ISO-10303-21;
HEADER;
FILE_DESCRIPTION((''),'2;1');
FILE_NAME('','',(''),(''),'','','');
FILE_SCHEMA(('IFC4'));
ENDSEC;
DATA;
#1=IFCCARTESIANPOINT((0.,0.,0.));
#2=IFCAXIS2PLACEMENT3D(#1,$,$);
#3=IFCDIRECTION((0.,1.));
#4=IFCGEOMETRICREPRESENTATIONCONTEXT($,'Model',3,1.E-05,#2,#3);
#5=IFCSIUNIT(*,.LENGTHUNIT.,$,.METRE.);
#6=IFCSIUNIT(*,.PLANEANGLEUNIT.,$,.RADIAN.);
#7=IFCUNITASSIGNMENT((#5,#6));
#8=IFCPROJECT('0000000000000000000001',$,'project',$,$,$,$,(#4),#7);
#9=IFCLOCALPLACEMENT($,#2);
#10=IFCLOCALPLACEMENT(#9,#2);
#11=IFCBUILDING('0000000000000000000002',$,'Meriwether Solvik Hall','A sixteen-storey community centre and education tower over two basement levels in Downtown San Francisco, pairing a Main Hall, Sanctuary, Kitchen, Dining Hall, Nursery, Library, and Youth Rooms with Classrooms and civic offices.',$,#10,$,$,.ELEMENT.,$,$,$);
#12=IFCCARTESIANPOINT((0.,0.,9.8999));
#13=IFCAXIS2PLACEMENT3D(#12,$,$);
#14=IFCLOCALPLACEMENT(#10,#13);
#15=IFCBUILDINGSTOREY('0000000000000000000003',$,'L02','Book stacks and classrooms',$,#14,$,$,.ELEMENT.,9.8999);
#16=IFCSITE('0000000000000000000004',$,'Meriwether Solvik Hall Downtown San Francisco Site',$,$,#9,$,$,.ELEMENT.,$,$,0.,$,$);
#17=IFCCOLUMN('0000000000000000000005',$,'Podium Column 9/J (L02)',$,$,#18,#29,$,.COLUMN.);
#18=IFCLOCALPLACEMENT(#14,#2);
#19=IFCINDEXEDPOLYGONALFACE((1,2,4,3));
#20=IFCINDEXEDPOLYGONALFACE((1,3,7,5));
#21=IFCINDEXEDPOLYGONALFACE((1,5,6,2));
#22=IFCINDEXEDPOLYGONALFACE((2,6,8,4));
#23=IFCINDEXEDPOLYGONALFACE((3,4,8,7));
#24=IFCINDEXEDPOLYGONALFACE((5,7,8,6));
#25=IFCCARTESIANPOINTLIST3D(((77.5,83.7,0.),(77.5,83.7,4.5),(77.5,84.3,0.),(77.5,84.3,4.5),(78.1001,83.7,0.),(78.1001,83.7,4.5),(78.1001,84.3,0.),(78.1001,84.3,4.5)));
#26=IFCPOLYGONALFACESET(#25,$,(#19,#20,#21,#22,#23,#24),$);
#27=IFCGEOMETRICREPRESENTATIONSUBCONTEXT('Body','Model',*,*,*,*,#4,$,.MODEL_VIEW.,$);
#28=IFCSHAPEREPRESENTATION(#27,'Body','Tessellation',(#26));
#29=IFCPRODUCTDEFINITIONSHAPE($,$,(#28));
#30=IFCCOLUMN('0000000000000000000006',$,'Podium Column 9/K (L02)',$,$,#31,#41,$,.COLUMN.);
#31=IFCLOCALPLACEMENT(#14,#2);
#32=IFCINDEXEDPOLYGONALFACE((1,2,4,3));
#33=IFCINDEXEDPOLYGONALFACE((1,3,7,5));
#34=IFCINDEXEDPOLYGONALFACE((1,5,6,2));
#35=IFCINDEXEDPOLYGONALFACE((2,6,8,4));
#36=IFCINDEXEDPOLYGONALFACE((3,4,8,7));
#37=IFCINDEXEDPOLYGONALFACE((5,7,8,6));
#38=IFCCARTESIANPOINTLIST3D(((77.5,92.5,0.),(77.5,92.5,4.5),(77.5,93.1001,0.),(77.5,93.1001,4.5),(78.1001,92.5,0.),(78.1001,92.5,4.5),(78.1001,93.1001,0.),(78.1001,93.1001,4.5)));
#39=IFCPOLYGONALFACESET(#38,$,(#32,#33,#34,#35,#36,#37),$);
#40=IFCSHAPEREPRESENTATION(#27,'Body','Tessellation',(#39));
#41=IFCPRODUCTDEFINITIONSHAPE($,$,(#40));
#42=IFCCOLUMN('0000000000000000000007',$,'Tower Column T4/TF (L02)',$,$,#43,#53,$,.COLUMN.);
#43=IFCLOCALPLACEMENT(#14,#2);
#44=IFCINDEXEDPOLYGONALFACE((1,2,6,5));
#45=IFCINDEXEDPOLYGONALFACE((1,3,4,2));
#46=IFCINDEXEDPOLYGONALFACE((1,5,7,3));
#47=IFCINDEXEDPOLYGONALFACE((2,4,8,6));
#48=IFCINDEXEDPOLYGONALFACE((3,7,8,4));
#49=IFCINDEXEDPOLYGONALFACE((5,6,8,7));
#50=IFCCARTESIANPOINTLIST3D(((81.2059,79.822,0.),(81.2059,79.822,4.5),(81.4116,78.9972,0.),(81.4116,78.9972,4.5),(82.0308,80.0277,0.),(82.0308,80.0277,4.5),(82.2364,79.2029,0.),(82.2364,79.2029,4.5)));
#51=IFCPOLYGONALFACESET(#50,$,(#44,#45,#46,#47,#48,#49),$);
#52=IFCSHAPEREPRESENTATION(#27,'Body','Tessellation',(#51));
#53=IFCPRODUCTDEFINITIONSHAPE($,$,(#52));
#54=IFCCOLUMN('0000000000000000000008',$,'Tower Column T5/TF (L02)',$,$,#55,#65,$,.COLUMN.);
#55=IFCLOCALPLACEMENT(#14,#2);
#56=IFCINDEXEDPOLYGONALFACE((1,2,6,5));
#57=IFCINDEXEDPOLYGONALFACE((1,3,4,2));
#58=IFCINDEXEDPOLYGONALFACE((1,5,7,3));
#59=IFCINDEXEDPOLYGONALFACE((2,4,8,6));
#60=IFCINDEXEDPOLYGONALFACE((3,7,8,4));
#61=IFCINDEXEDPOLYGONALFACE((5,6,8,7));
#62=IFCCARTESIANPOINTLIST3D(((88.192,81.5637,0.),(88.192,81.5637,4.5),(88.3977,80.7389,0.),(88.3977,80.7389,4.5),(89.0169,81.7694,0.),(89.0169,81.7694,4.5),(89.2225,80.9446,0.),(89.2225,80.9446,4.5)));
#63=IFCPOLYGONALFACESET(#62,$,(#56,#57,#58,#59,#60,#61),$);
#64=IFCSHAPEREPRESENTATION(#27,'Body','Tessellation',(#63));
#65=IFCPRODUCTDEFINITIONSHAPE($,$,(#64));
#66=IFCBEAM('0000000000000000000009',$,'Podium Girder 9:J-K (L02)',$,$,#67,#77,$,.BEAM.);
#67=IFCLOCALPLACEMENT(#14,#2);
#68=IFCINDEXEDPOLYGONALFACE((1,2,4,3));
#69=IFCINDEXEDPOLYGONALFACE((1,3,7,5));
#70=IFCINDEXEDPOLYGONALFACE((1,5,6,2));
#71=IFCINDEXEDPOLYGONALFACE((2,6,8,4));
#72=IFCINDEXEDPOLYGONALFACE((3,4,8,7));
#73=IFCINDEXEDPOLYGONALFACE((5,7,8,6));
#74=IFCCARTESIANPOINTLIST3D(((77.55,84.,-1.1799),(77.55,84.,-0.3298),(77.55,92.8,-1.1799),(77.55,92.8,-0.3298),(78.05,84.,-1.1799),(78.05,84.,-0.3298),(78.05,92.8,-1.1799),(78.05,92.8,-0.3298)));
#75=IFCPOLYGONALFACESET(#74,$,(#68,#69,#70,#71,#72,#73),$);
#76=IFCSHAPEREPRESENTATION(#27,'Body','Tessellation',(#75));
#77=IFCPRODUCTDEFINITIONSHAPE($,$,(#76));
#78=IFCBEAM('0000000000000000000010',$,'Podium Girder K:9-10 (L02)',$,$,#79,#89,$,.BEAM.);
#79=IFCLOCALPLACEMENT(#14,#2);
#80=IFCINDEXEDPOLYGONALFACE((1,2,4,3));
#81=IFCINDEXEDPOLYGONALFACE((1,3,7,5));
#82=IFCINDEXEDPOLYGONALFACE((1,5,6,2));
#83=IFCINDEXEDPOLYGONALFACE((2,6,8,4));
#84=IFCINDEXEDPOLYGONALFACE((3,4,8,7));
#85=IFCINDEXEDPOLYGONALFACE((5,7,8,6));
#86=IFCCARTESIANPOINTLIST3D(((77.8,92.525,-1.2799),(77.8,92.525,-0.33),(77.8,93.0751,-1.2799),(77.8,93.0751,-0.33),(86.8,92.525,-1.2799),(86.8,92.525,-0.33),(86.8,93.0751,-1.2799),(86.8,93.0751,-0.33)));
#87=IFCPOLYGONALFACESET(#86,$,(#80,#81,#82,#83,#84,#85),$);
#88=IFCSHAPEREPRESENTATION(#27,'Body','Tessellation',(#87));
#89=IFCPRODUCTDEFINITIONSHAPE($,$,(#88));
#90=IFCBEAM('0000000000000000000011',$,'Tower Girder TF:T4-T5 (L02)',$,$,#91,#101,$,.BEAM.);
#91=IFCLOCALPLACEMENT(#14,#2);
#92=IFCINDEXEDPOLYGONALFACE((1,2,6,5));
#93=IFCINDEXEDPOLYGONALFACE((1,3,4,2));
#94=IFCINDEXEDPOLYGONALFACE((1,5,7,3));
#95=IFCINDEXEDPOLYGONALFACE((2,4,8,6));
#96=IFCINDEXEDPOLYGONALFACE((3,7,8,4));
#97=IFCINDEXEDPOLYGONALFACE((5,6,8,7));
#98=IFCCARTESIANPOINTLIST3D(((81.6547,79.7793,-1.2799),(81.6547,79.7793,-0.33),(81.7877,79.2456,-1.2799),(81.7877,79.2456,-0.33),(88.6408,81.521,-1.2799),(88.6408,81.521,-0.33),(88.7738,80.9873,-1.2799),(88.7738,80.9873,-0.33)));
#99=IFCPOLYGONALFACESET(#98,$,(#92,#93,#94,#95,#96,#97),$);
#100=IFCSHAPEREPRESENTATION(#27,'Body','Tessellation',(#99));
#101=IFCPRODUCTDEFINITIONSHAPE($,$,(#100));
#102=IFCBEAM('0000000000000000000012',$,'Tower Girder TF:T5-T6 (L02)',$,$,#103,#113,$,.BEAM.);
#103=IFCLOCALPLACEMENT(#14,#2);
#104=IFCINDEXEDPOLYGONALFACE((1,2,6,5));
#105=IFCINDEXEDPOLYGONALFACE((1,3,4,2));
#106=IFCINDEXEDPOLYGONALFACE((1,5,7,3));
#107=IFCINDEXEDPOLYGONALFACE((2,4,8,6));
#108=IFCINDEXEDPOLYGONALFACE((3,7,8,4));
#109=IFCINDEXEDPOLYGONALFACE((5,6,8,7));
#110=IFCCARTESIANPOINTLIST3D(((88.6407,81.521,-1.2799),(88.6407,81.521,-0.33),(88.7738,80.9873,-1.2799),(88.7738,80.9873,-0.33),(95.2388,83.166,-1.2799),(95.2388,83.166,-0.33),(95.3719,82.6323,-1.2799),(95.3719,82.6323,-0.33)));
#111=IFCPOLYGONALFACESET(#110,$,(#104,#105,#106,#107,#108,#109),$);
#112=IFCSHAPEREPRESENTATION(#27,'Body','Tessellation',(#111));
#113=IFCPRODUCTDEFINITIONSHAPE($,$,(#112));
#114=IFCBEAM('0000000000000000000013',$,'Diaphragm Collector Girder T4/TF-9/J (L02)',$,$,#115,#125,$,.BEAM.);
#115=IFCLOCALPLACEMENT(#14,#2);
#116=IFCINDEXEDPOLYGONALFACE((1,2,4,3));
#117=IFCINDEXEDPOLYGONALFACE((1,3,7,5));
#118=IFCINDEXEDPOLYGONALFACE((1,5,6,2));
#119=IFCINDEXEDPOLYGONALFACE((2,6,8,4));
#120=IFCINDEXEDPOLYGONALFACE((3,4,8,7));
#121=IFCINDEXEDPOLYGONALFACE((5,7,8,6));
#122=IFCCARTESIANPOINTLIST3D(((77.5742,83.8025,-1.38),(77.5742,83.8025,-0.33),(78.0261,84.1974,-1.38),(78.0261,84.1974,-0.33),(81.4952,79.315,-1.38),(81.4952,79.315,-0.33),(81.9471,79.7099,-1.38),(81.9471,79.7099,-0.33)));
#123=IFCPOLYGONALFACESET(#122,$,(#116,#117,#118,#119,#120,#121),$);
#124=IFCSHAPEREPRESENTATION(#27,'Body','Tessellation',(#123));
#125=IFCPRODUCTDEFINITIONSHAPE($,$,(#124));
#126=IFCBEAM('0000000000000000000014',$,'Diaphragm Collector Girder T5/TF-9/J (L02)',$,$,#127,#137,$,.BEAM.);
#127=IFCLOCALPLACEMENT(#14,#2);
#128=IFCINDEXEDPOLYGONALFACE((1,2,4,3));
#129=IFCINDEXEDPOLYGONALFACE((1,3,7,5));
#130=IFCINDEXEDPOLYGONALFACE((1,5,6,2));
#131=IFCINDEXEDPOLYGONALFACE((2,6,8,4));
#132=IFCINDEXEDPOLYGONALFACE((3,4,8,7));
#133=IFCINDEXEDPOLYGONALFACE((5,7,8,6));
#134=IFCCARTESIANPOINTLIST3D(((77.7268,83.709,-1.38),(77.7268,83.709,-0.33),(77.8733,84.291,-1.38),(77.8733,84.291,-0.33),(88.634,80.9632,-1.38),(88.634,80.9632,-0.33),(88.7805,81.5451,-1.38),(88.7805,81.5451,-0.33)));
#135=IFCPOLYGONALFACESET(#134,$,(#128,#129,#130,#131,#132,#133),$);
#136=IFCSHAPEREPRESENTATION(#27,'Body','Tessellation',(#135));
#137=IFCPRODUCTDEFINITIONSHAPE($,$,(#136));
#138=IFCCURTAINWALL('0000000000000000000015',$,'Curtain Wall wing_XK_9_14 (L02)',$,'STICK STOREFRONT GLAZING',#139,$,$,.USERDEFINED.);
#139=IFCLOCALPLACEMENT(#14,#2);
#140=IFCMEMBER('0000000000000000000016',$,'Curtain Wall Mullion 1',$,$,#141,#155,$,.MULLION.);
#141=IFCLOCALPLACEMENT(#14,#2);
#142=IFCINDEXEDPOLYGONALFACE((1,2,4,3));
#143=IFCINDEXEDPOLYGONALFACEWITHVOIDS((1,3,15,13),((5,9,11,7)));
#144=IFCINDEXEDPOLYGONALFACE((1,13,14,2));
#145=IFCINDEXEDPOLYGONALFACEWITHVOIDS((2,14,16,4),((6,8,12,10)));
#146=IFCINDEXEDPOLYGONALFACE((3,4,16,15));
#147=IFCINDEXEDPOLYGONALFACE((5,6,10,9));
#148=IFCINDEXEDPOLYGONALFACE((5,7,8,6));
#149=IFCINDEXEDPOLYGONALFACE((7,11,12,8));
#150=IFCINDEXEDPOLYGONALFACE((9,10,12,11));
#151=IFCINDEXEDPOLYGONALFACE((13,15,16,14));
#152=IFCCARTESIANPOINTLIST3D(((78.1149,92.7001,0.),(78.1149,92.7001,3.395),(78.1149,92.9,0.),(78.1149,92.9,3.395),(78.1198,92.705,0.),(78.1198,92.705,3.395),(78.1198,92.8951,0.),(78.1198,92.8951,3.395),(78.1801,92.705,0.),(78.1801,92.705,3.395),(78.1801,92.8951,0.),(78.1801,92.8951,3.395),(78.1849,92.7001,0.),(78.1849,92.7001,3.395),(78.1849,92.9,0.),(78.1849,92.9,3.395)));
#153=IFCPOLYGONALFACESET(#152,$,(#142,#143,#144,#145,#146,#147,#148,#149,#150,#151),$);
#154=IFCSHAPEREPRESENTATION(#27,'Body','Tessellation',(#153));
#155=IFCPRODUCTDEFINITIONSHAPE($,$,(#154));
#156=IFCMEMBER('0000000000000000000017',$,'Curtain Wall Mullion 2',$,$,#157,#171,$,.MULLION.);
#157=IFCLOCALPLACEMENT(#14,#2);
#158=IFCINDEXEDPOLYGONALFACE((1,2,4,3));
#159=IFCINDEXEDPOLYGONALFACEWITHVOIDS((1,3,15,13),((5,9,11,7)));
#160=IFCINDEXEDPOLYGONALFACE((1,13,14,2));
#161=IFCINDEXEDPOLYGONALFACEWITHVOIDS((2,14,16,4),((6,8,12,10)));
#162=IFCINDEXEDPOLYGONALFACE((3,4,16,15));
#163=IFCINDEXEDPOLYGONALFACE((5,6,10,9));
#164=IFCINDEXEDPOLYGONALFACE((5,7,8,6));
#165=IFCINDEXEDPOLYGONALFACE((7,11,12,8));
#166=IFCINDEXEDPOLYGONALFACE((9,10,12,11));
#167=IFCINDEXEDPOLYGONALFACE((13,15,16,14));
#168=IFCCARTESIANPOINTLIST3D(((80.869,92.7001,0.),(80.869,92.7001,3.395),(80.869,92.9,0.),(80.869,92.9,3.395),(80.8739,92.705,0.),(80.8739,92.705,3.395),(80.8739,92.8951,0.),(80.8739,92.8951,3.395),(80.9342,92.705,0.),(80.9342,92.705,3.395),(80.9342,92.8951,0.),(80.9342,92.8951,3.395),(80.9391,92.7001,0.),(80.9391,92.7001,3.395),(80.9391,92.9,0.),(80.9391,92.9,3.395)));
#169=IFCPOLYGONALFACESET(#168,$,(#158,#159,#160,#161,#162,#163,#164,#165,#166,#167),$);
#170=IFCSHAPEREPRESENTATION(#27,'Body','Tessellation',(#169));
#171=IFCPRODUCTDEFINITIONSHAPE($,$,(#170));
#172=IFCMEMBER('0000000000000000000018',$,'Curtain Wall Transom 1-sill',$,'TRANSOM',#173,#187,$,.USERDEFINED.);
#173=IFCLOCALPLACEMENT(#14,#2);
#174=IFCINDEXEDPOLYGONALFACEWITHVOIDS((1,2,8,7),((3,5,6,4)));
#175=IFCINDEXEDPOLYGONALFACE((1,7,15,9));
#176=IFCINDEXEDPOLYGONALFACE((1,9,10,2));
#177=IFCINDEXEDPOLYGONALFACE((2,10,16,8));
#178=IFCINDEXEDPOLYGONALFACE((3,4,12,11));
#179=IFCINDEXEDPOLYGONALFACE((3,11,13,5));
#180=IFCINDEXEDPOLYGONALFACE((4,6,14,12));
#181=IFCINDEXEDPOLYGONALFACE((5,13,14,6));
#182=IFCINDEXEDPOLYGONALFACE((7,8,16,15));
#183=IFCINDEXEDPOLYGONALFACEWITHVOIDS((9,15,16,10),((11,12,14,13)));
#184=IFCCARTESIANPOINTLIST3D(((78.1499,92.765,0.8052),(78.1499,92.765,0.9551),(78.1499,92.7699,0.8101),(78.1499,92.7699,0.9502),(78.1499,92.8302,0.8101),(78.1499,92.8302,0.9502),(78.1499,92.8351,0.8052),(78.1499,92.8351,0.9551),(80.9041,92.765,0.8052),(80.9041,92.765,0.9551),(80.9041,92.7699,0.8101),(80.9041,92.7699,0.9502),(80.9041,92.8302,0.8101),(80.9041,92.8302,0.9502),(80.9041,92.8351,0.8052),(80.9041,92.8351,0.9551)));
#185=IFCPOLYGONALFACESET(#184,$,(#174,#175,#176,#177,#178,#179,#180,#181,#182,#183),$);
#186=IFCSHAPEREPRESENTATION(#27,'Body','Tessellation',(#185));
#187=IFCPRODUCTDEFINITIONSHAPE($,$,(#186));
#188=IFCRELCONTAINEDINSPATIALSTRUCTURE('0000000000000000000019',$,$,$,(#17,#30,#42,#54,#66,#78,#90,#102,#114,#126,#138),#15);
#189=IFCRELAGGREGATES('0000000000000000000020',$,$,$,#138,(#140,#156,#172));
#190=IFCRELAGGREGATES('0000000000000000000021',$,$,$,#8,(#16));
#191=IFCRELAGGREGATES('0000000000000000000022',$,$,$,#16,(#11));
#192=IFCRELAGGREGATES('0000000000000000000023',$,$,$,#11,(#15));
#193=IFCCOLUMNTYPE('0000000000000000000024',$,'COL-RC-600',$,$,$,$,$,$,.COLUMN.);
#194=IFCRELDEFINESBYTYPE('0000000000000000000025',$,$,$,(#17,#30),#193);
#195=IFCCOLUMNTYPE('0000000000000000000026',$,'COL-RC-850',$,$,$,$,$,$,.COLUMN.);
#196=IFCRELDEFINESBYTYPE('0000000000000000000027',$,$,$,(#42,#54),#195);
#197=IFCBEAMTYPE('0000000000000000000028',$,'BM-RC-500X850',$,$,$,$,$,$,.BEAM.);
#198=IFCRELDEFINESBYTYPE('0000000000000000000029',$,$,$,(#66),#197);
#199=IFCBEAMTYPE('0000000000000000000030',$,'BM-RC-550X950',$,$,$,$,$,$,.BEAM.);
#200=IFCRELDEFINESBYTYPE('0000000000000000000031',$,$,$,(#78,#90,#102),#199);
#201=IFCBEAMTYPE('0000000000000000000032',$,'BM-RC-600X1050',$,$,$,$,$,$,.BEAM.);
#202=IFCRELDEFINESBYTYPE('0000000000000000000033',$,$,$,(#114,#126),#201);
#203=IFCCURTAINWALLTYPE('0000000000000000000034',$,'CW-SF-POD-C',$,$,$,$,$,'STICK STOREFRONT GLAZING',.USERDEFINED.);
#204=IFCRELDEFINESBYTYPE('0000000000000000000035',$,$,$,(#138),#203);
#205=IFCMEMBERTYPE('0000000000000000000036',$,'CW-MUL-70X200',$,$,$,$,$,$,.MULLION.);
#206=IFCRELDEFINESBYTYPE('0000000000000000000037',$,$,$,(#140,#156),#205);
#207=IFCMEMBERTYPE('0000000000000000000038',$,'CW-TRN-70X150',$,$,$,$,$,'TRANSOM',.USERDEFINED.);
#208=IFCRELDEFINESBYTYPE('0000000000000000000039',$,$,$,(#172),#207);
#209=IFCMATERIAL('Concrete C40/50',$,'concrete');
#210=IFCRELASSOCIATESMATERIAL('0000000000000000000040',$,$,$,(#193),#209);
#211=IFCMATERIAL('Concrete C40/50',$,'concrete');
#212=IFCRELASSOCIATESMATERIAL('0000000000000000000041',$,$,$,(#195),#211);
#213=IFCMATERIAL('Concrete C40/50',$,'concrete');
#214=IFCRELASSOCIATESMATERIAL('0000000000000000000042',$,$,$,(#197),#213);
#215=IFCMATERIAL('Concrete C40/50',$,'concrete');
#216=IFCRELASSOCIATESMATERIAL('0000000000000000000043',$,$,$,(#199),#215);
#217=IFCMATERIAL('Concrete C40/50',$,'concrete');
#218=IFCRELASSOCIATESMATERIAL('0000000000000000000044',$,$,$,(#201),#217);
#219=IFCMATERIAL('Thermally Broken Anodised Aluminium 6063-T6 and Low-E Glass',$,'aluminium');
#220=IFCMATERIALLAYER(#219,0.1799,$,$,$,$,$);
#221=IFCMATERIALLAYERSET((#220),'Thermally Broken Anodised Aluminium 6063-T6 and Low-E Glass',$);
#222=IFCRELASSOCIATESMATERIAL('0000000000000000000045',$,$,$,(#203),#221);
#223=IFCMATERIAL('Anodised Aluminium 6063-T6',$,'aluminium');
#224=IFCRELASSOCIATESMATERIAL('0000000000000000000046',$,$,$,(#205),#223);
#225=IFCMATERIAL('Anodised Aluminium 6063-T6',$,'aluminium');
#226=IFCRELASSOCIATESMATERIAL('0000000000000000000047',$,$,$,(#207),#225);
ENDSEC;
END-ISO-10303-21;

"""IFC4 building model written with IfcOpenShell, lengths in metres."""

from ifc_helpers import new_model, si_unit, direction, frame, origin, origin_2d, place, context, subcontext, project, spatial, rectangle, hollow_rectangle, extrude, material, layer, layer_set, material_profile, profile_set, type_object, element, aggregate, save


model = new_model("IFC4")

# Units and contexts
model_context = context("Model", 3, precision=1e-05, world=origin(), true_north=direction((0.0, 1.0)))
body_context = subcontext(model_context, "Body", "Model", "MODEL_VIEW")
ifc_project = project(units=[si_unit("LENGTHUNIT", "METRE"), si_unit("PLANEANGLEUNIT", "RADIAN")], contexts=[model_context])

# Site, building, storey
site_placement = place(None, origin())
site = spatial("IfcSite", under=ifc_project, at=site_placement, Name="Meriwether Solvik Hall Downtown San Francisco Site", CompositionType="ELEMENT", RefElevation=0.0)
building_placement = place(site_placement, origin())
building = spatial("IfcBuilding", under=site, at=building_placement, Name="Meriwether Solvik Hall", Description="A sixteen-storey community centre and education tower over two basement levels in Downtown San Francisco, pairing a Main Hall, Sanctuary, Kitchen, Dining Hall, Nursery, Library, and Youth Rooms with Classrooms and civic offices.", CompositionType="ELEMENT")
storey_placement = place(building_placement, frame((0.0, 0.0, 9.8999)))
storey = spatial("IfcBuildingStorey", under=building, at=storey_placement, Name="L02", Description="Book stacks and classrooms", CompositionType="ELEMENT", Elevation=9.8999)

# Columns
ifc_material_1 = material(Name="Concrete C40/50", Category="concrete")
ifc_material_profile_1 = material_profile(ifc_material_1, rectangle(XDim=0.6001, YDim=0.6001, at=origin_2d()), Name="RCC-600X600")
ifc_profile_set_1 = profile_set([ifc_material_profile_1], Name="Concrete C40/50")
column_type_1 = type_object("IfcColumnType", Name="COL-RC-600", PredefinedType="COLUMN", material=ifc_profile_set_1)
for number, where, z_axis, x_axis, name in (
    (1, (77.8, 84.0, 0.0), (0.0, 0.0, 1.0), (1.0, 0.0, 0.0), "Podium Column 9/J (L02)"),
    (2, (77.8, 92.8, 0.0), (0.0, 0.0, 1.0), (1.0, 0.0, 0.0), "Podium Column 9/K (L02)"),
):
    element("IfcColumn", number, at=place(storey_placement, frame(where, z_axis=z_axis, x_axis=x_axis)), inside=storey, type_object=column_type_1, Name=name, PredefinedType="COLUMN", context=body_context, shape_type="SweptSolid", body=[
        extrude(rectangle(XDim=0.6001, YDim=0.6001, at=origin_2d()), origin(), (0.0, 0.0, 1.0), 4.5),
    ])
ifc_material_2 = material(Name="Concrete C40/50", Category="concrete")
ifc_material_profile_2 = material_profile(ifc_material_2, rectangle(XDim=0.8501, YDim=0.8501, at=origin_2d()), Name="RCC-850X850")
ifc_profile_set_2 = profile_set([ifc_material_profile_2], Name="Concrete C40/50")
column_type_2 = type_object("IfcColumnType", Name="COL-RC-850", PredefinedType="COLUMN", material=ifc_profile_set_2)
for number, where, z_axis, x_axis, name in (
    (3, (81.7212, 79.5125, 0.0), (0.0, 0.0, 1.0), (0.970296, 0.241922, 0.0), "Tower Column T4/TF (L02)"),
    (4, (88.7073, 81.2542, 0.0), (0.0, 0.0, 1.0), (0.970296, 0.241922, 0.0), "Tower Column T5/TF (L02)"),
):
    element("IfcColumn", number, at=place(storey_placement, frame(where, z_axis=z_axis, x_axis=x_axis)), inside=storey, type_object=column_type_2, Name=name, PredefinedType="COLUMN", context=body_context, shape_type="SweptSolid", body=[
        extrude(rectangle(XDim=0.8501, YDim=0.8501, at=origin_2d()), origin(), (0.0, 0.0, 1.0), 4.5),
    ])

# Beams
ifc_material_3 = material(Name="Concrete C40/50", Category="concrete")
ifc_material_profile_3 = material_profile(ifc_material_3, rectangle(XDim=0.5, YDim=0.8501, at=origin_2d()), Name="RCB-500X850")
ifc_profile_set_3 = profile_set([ifc_material_profile_3], Name="Concrete C40/50")
beam_type_1 = type_object("IfcBeamType", Name="BM-RC-500X850", PredefinedType="BEAM", material=ifc_profile_set_3)
beam_1_placement = place(storey_placement, frame((77.8, 84.0, -0.7549), z_axis=(0.0, 1.0, 0.0), x_axis=(-1.0, 0.0, 0.0)))
element("IfcBeam", 5, at=beam_1_placement, inside=storey, type_object=beam_type_1, Name="Podium Girder 9:J-K (L02)", PredefinedType="BEAM", context=body_context, shape_type="SweptSolid", body=[
    extrude(rectangle(XDim=0.5, YDim=0.8501, at=origin_2d()), origin(), (0.0, 0.0, 1.0), 8.8),
])
ifc_material_4 = material(Name="Concrete C40/50", Category="concrete")
ifc_material_profile_4 = material_profile(ifc_material_4, rectangle(XDim=0.55, YDim=0.95, at=origin_2d()), Name="RCB-550X950")
ifc_profile_set_4 = profile_set([ifc_material_profile_4], Name="Concrete C40/50")
beam_type_2 = type_object("IfcBeamType", Name="BM-RC-550X950", PredefinedType="BEAM", material=ifc_profile_set_4)
beam_2_placement = place(storey_placement, frame((77.8, 92.8, -0.8049), z_axis=(1.0, 0.0, 0.0), x_axis=(0.0, 1.0, 0.0)))
element("IfcBeam", 6, at=beam_2_placement, inside=storey, type_object=beam_type_2, Name="Podium Girder K:9-10 (L02)", PredefinedType="BEAM", context=body_context, shape_type="SweptSolid", body=[
    extrude(rectangle(XDim=0.55, YDim=0.95, at=origin_2d()), origin(), (0.0, 0.0, 1.0), 9.0),
])
beam_3_placement = place(storey_placement, frame((81.7212, 79.5125, -0.8049), z_axis=(0.9703, 0.241905, 0.0), x_axis=(-0.241905, 0.9703, 0.0)))
element("IfcBeam", 7, at=beam_3_placement, inside=storey, type_object=beam_type_2, Name="Tower Girder TF:T4-T5 (L02)", PredefinedType="BEAM", context=body_context, shape_type="SweptSolid", body=[
    extrude(rectangle(XDim=0.55, YDim=0.95, at=origin_2d()), origin(), (0.0, 0.0, 1.0), 7.2),
])
beam_4_placement = place(storey_placement, frame((88.7073, 81.2542, -0.8049), z_axis=(0.970299, 0.24191, 0.0), x_axis=(-0.24191, 0.970299, 0.0)))
element("IfcBeam", 8, at=beam_4_placement, inside=storey, type_object=beam_type_2, Name="Tower Girder TF:T5-T6 (L02)", PredefinedType="BEAM", context=body_context, shape_type="SweptSolid", body=[
    extrude(rectangle(XDim=0.55, YDim=0.95, at=origin_2d()), origin(), (0.0, 0.0, 1.0), 6.8),
])
ifc_material_5 = material(Name="Concrete C40/50", Category="concrete")
ifc_material_profile_5 = material_profile(ifc_material_5, rectangle(XDim=0.6001, YDim=1.05, at=origin_2d()), Name="RCB-600X1050")
ifc_profile_set_5 = profile_set([ifc_material_profile_5], Name="Concrete C40/50")
beam_type_3 = type_object("IfcBeamType", Name="BM-RC-600X1050", PredefinedType="BEAM", material=ifc_profile_set_5)
beam_5_placement = place(storey_placement, frame((81.7212, 79.5125, -0.855), z_axis=(-0.657985, 0.753031, 0.0), x_axis=(-0.753031, -0.657985, 0.0)))
element("IfcBeam", 9, at=beam_5_placement, inside=storey, type_object=beam_type_3, Name="Diaphragm Collector Girder T4/TF-9/J (L02)", PredefinedType="BEAM", context=body_context, shape_type="SweptSolid", body=[
    extrude(rectangle(XDim=0.6001, YDim=1.05, at=origin_2d()), origin(), (0.0, 0.0, 1.0), 5.9592),
])
beam_6_placement = place(storey_placement, frame((88.7073, 81.2542, -0.855), z_axis=(-0.969743, 0.244129, 0.0), x_axis=(-0.244129, -0.969743, 0.0)))
element("IfcBeam", 10, at=beam_6_placement, inside=storey, type_object=beam_type_3, Name="Diaphragm Collector Girder T5/TF-9/J (L02)", PredefinedType="BEAM", context=body_context, shape_type="SweptSolid", body=[
    extrude(rectangle(XDim=0.6001, YDim=1.05, at=origin_2d()), origin(), (0.0, 0.0, 1.0), 11.2476),
])

# Curtain wall, members
ifc_material_6 = material(Name="Thermally Broken Anodised Aluminium 6063-T6 and Low-E Glass", Category="aluminium")
ifc_layer_1 = layer(ifc_material_6, 0.1799)
ifc_layer_set_1 = layer_set([ifc_layer_1], Name="Thermally Broken Anodised Aluminium 6063-T6 and Low-E Glass")
curtain_wall_type = type_object("IfcCurtainWallType", Name="CW-SF-POD-C", ElementType="STICK STOREFRONT GLAZING", PredefinedType="USERDEFINED", material=ifc_layer_set_1)
curtain_wall_placement = place(storey_placement, origin())
curtain_wall = element("IfcCurtainWall", 11, at=curtain_wall_placement, inside=storey, type_object=curtain_wall_type, Name="Curtain Wall wing_XK_9_14 (L02)", ObjectType="STICK STOREFRONT GLAZING", PredefinedType="USERDEFINED")
ifc_material_7 = material(Name="Anodised Aluminium 6063-T6", Category="aluminium")
ifc_material_profile_6 = material_profile(ifc_material_7, hollow_rectangle(XDim=0.0701, YDim=0.2, WallThickness=0.0049, at=origin_2d()), Name="CWM-70X200")
ifc_profile_set_6 = profile_set([ifc_material_profile_6], Name="Anodised Aluminium 6063-T6")
member_type_1 = type_object("IfcMemberType", Name="CW-MUL-70X200", PredefinedType="MULLION", material=ifc_profile_set_6)
member_1_placement = place(storey_placement, frame((78.1499, 92.8, 0.0), z_axis=(0.0, 0.0, 1.0), x_axis=(1.0, 0.0, 0.0)))
member_1 = element("IfcMember", 12, at=member_1_placement, type_object=member_type_1, Name="Curtain Wall Mullion 1", PredefinedType="MULLION", context=body_context, shape_type="SweptSolid", body=[
    extrude(hollow_rectangle(XDim=0.0701, YDim=0.2, WallThickness=0.0049, at=origin_2d()), origin(), (0.0, 0.0, 1.0), 3.395),
])
member_2_placement = place(storey_placement, frame((80.9041, 92.8, 0.0), z_axis=(0.0, 0.0, 1.0), x_axis=(1.0, 0.0, 0.0)))
member_2 = element("IfcMember", 13, at=member_2_placement, type_object=member_type_1, Name="Curtain Wall Mullion 2", PredefinedType="MULLION", context=body_context, shape_type="SweptSolid", body=[
    extrude(hollow_rectangle(XDim=0.0701, YDim=0.2, WallThickness=0.0049, at=origin_2d()), origin(), (0.0, 0.0, 1.0), 3.395),
])
ifc_material_8 = material(Name="Anodised Aluminium 6063-T6", Category="aluminium")
ifc_material_profile_7 = material_profile(ifc_material_8, hollow_rectangle(XDim=0.0701, YDim=0.1499, WallThickness=0.0049, at=origin_2d()), Name="CWT-70X150")
ifc_profile_set_7 = profile_set([ifc_material_profile_7], Name="Anodised Aluminium 6063-T6")
member_type_2 = type_object("IfcMemberType", Name="CW-TRN-70X150", ElementType="TRANSOM", PredefinedType="USERDEFINED", material=ifc_profile_set_7)
member_3_placement = place(storey_placement, frame((78.1499, 92.8, 0.8801), z_axis=(1.0, 0.0, 0.0), x_axis=(0.0, 1.0, 0.0)))
member_3 = element("IfcMember", 14, at=member_3_placement, type_object=member_type_2, Name="Curtain Wall Transom 1-sill", ObjectType="TRANSOM", PredefinedType="USERDEFINED", context=body_context, shape_type="SweptSolid", body=[
    extrude(hollow_rectangle(XDim=0.0701, YDim=0.1499, WallThickness=0.0049, at=origin_2d()), origin(), (0.0, 0.0, 1.0), 2.7542),
])
aggregate(curtain_wall, [member_1, member_2, member_3])

save(model, "model.ifc")
